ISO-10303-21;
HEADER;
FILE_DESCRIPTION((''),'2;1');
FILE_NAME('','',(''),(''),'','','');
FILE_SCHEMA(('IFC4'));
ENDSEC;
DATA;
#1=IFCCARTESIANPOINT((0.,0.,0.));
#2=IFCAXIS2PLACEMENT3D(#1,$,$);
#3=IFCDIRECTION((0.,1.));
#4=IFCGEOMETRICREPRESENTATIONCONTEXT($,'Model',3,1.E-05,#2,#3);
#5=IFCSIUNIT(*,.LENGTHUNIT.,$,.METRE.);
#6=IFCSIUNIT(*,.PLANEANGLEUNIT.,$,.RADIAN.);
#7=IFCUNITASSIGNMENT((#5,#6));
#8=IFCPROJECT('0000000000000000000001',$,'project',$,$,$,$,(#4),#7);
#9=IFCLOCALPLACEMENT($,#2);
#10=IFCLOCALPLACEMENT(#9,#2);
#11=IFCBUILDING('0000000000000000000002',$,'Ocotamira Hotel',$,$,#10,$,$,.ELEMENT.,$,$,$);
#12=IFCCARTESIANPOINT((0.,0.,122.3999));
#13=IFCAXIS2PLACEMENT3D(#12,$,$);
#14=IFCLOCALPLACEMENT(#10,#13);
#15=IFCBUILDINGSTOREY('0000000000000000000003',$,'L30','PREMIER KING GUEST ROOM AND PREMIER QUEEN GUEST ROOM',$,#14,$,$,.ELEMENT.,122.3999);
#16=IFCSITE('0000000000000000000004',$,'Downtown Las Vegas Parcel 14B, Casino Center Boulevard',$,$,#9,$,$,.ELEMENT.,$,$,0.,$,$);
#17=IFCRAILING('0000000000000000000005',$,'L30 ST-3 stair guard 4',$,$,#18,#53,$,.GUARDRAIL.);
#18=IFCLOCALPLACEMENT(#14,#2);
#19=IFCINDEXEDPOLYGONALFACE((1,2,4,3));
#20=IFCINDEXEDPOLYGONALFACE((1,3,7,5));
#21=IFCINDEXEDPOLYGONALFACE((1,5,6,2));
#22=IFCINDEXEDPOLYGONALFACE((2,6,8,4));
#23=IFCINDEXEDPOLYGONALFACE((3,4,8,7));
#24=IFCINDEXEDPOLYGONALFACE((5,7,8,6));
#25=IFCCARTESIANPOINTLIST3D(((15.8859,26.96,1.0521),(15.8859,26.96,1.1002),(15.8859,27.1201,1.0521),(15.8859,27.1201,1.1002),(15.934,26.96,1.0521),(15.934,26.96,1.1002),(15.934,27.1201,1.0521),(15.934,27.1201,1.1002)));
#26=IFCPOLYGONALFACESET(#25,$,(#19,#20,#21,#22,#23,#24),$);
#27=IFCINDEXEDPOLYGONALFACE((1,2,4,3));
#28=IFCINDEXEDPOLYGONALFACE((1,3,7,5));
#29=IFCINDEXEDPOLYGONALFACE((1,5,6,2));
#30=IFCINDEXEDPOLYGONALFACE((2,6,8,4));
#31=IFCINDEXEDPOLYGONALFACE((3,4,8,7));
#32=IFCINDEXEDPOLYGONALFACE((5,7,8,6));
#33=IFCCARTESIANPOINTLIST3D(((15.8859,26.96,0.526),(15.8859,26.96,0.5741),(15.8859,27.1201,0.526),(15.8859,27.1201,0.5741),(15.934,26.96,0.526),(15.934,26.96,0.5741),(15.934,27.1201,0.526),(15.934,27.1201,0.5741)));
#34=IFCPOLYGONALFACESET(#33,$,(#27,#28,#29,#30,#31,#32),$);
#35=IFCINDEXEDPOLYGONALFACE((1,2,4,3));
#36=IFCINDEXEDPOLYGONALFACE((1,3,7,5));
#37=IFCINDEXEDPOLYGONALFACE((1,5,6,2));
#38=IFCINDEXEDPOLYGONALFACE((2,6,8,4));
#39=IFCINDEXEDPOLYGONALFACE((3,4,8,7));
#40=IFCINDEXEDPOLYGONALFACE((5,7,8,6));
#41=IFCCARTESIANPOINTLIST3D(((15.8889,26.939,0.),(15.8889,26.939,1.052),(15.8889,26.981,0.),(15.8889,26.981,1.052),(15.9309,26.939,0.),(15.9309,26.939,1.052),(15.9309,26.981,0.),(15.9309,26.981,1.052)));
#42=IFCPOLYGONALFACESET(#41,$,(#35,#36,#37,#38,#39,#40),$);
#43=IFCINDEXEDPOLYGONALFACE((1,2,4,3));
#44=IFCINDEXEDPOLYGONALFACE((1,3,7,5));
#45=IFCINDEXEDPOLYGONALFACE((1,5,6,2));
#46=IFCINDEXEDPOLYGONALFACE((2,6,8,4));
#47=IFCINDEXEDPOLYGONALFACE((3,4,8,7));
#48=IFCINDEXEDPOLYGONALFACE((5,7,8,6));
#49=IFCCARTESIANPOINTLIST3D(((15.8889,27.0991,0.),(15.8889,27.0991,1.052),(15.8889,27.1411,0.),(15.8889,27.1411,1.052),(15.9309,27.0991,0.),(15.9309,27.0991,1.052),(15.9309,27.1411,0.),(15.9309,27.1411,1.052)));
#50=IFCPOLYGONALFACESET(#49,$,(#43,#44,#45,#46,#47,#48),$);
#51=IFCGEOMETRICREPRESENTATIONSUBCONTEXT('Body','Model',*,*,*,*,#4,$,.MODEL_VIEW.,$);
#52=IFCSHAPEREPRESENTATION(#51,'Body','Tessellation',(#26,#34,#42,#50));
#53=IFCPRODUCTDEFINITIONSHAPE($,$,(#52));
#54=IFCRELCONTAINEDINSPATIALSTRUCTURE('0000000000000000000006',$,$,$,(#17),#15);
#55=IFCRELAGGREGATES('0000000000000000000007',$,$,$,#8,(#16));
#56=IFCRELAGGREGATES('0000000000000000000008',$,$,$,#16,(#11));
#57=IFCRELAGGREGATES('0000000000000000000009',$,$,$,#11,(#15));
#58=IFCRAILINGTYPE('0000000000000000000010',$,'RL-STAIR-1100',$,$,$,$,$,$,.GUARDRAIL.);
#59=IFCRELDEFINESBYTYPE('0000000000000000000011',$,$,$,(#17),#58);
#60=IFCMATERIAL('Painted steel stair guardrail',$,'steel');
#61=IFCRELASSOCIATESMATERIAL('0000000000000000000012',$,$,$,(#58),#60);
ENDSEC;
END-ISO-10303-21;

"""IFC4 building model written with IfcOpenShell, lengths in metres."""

from ifc_helpers import new_model, si_unit, direction, frame, origin, origin_2d, place, context, subcontext, project, spatial, rectangle, extrude, material, type_object, element, save


model = new_model("IFC4")

# Units and contexts
model_context = context("Model", 3, precision=1e-05, world=origin(), true_north=direction((0.0, 1.0)))
body_context = subcontext(model_context, "Body", "Model", "MODEL_VIEW")
ifc_project = project(units=[si_unit("LENGTHUNIT", "METRE"), si_unit("PLANEANGLEUNIT", "RADIAN")], contexts=[model_context])

# Site, building, storey
site_placement = place(None, origin())
site = spatial("IfcSite", under=ifc_project, at=site_placement, Name="Downtown Las Vegas Parcel 14B, Casino Center Boulevard", CompositionType="ELEMENT", RefElevation=0.0)
building_placement = place(site_placement, origin())
building = spatial("IfcBuilding", under=site, at=building_placement, Name="Ocotamira Hotel", CompositionType="ELEMENT")
storey_placement = place(building_placement, frame((0.0, 0.0, 122.3999)))
storey = spatial("IfcBuildingStorey", under=building, at=storey_placement, Name="L30", Description="PREMIER KING GUEST ROOM AND PREMIER QUEEN GUEST ROOM", CompositionType="ELEMENT", Elevation=122.3999)

# Railing
ifc_material_1 = material(Name="Painted steel stair guardrail", Category="steel")
railing_type_1 = type_object("IfcRailingType", Name="RL-STAIR-1100", PredefinedType="GUARDRAIL", material=ifc_material_1)
railing_1_placement = place(storey_placement, frame((15.9099, 26.96, 0.0)))
element("IfcRailing", 1, at=railing_1_placement, inside=storey, type_object=railing_type_1, Name="L30 ST-3 stair guard 4", PredefinedType="GUARDRAIL", context=body_context, shape_type="SweptSolid", body=[
    extrude(rectangle(XDim=0.0481, YDim=0.0481, at=origin_2d()), frame((0.0, 0.0, 1.0762), z_axis=(0.0, 1.0, 0.0), x_axis=(-1.0, 0.0, 0.0)), (0.0, 0.0, 1.0), 0.1602),
    extrude(rectangle(XDim=0.0481, YDim=0.0481, at=origin_2d()), frame((0.0, 0.0, 0.55), z_axis=(0.0, 1.0, 0.0), x_axis=(-1.0, 0.0, 0.0)), (0.0, 0.0, 1.0), 0.1602),
    extrude(rectangle(XDim=0.042, YDim=0.042, at=origin_2d()), origin(), (0.0, 0.0, 1.0), 1.052),
    extrude(rectangle(XDim=0.042, YDim=0.042, at=origin_2d()), frame((0.0, 0.1602, 0.0)), (0.0, 0.0, 1.0), 1.052),
])

save(model, "model.ifc")
